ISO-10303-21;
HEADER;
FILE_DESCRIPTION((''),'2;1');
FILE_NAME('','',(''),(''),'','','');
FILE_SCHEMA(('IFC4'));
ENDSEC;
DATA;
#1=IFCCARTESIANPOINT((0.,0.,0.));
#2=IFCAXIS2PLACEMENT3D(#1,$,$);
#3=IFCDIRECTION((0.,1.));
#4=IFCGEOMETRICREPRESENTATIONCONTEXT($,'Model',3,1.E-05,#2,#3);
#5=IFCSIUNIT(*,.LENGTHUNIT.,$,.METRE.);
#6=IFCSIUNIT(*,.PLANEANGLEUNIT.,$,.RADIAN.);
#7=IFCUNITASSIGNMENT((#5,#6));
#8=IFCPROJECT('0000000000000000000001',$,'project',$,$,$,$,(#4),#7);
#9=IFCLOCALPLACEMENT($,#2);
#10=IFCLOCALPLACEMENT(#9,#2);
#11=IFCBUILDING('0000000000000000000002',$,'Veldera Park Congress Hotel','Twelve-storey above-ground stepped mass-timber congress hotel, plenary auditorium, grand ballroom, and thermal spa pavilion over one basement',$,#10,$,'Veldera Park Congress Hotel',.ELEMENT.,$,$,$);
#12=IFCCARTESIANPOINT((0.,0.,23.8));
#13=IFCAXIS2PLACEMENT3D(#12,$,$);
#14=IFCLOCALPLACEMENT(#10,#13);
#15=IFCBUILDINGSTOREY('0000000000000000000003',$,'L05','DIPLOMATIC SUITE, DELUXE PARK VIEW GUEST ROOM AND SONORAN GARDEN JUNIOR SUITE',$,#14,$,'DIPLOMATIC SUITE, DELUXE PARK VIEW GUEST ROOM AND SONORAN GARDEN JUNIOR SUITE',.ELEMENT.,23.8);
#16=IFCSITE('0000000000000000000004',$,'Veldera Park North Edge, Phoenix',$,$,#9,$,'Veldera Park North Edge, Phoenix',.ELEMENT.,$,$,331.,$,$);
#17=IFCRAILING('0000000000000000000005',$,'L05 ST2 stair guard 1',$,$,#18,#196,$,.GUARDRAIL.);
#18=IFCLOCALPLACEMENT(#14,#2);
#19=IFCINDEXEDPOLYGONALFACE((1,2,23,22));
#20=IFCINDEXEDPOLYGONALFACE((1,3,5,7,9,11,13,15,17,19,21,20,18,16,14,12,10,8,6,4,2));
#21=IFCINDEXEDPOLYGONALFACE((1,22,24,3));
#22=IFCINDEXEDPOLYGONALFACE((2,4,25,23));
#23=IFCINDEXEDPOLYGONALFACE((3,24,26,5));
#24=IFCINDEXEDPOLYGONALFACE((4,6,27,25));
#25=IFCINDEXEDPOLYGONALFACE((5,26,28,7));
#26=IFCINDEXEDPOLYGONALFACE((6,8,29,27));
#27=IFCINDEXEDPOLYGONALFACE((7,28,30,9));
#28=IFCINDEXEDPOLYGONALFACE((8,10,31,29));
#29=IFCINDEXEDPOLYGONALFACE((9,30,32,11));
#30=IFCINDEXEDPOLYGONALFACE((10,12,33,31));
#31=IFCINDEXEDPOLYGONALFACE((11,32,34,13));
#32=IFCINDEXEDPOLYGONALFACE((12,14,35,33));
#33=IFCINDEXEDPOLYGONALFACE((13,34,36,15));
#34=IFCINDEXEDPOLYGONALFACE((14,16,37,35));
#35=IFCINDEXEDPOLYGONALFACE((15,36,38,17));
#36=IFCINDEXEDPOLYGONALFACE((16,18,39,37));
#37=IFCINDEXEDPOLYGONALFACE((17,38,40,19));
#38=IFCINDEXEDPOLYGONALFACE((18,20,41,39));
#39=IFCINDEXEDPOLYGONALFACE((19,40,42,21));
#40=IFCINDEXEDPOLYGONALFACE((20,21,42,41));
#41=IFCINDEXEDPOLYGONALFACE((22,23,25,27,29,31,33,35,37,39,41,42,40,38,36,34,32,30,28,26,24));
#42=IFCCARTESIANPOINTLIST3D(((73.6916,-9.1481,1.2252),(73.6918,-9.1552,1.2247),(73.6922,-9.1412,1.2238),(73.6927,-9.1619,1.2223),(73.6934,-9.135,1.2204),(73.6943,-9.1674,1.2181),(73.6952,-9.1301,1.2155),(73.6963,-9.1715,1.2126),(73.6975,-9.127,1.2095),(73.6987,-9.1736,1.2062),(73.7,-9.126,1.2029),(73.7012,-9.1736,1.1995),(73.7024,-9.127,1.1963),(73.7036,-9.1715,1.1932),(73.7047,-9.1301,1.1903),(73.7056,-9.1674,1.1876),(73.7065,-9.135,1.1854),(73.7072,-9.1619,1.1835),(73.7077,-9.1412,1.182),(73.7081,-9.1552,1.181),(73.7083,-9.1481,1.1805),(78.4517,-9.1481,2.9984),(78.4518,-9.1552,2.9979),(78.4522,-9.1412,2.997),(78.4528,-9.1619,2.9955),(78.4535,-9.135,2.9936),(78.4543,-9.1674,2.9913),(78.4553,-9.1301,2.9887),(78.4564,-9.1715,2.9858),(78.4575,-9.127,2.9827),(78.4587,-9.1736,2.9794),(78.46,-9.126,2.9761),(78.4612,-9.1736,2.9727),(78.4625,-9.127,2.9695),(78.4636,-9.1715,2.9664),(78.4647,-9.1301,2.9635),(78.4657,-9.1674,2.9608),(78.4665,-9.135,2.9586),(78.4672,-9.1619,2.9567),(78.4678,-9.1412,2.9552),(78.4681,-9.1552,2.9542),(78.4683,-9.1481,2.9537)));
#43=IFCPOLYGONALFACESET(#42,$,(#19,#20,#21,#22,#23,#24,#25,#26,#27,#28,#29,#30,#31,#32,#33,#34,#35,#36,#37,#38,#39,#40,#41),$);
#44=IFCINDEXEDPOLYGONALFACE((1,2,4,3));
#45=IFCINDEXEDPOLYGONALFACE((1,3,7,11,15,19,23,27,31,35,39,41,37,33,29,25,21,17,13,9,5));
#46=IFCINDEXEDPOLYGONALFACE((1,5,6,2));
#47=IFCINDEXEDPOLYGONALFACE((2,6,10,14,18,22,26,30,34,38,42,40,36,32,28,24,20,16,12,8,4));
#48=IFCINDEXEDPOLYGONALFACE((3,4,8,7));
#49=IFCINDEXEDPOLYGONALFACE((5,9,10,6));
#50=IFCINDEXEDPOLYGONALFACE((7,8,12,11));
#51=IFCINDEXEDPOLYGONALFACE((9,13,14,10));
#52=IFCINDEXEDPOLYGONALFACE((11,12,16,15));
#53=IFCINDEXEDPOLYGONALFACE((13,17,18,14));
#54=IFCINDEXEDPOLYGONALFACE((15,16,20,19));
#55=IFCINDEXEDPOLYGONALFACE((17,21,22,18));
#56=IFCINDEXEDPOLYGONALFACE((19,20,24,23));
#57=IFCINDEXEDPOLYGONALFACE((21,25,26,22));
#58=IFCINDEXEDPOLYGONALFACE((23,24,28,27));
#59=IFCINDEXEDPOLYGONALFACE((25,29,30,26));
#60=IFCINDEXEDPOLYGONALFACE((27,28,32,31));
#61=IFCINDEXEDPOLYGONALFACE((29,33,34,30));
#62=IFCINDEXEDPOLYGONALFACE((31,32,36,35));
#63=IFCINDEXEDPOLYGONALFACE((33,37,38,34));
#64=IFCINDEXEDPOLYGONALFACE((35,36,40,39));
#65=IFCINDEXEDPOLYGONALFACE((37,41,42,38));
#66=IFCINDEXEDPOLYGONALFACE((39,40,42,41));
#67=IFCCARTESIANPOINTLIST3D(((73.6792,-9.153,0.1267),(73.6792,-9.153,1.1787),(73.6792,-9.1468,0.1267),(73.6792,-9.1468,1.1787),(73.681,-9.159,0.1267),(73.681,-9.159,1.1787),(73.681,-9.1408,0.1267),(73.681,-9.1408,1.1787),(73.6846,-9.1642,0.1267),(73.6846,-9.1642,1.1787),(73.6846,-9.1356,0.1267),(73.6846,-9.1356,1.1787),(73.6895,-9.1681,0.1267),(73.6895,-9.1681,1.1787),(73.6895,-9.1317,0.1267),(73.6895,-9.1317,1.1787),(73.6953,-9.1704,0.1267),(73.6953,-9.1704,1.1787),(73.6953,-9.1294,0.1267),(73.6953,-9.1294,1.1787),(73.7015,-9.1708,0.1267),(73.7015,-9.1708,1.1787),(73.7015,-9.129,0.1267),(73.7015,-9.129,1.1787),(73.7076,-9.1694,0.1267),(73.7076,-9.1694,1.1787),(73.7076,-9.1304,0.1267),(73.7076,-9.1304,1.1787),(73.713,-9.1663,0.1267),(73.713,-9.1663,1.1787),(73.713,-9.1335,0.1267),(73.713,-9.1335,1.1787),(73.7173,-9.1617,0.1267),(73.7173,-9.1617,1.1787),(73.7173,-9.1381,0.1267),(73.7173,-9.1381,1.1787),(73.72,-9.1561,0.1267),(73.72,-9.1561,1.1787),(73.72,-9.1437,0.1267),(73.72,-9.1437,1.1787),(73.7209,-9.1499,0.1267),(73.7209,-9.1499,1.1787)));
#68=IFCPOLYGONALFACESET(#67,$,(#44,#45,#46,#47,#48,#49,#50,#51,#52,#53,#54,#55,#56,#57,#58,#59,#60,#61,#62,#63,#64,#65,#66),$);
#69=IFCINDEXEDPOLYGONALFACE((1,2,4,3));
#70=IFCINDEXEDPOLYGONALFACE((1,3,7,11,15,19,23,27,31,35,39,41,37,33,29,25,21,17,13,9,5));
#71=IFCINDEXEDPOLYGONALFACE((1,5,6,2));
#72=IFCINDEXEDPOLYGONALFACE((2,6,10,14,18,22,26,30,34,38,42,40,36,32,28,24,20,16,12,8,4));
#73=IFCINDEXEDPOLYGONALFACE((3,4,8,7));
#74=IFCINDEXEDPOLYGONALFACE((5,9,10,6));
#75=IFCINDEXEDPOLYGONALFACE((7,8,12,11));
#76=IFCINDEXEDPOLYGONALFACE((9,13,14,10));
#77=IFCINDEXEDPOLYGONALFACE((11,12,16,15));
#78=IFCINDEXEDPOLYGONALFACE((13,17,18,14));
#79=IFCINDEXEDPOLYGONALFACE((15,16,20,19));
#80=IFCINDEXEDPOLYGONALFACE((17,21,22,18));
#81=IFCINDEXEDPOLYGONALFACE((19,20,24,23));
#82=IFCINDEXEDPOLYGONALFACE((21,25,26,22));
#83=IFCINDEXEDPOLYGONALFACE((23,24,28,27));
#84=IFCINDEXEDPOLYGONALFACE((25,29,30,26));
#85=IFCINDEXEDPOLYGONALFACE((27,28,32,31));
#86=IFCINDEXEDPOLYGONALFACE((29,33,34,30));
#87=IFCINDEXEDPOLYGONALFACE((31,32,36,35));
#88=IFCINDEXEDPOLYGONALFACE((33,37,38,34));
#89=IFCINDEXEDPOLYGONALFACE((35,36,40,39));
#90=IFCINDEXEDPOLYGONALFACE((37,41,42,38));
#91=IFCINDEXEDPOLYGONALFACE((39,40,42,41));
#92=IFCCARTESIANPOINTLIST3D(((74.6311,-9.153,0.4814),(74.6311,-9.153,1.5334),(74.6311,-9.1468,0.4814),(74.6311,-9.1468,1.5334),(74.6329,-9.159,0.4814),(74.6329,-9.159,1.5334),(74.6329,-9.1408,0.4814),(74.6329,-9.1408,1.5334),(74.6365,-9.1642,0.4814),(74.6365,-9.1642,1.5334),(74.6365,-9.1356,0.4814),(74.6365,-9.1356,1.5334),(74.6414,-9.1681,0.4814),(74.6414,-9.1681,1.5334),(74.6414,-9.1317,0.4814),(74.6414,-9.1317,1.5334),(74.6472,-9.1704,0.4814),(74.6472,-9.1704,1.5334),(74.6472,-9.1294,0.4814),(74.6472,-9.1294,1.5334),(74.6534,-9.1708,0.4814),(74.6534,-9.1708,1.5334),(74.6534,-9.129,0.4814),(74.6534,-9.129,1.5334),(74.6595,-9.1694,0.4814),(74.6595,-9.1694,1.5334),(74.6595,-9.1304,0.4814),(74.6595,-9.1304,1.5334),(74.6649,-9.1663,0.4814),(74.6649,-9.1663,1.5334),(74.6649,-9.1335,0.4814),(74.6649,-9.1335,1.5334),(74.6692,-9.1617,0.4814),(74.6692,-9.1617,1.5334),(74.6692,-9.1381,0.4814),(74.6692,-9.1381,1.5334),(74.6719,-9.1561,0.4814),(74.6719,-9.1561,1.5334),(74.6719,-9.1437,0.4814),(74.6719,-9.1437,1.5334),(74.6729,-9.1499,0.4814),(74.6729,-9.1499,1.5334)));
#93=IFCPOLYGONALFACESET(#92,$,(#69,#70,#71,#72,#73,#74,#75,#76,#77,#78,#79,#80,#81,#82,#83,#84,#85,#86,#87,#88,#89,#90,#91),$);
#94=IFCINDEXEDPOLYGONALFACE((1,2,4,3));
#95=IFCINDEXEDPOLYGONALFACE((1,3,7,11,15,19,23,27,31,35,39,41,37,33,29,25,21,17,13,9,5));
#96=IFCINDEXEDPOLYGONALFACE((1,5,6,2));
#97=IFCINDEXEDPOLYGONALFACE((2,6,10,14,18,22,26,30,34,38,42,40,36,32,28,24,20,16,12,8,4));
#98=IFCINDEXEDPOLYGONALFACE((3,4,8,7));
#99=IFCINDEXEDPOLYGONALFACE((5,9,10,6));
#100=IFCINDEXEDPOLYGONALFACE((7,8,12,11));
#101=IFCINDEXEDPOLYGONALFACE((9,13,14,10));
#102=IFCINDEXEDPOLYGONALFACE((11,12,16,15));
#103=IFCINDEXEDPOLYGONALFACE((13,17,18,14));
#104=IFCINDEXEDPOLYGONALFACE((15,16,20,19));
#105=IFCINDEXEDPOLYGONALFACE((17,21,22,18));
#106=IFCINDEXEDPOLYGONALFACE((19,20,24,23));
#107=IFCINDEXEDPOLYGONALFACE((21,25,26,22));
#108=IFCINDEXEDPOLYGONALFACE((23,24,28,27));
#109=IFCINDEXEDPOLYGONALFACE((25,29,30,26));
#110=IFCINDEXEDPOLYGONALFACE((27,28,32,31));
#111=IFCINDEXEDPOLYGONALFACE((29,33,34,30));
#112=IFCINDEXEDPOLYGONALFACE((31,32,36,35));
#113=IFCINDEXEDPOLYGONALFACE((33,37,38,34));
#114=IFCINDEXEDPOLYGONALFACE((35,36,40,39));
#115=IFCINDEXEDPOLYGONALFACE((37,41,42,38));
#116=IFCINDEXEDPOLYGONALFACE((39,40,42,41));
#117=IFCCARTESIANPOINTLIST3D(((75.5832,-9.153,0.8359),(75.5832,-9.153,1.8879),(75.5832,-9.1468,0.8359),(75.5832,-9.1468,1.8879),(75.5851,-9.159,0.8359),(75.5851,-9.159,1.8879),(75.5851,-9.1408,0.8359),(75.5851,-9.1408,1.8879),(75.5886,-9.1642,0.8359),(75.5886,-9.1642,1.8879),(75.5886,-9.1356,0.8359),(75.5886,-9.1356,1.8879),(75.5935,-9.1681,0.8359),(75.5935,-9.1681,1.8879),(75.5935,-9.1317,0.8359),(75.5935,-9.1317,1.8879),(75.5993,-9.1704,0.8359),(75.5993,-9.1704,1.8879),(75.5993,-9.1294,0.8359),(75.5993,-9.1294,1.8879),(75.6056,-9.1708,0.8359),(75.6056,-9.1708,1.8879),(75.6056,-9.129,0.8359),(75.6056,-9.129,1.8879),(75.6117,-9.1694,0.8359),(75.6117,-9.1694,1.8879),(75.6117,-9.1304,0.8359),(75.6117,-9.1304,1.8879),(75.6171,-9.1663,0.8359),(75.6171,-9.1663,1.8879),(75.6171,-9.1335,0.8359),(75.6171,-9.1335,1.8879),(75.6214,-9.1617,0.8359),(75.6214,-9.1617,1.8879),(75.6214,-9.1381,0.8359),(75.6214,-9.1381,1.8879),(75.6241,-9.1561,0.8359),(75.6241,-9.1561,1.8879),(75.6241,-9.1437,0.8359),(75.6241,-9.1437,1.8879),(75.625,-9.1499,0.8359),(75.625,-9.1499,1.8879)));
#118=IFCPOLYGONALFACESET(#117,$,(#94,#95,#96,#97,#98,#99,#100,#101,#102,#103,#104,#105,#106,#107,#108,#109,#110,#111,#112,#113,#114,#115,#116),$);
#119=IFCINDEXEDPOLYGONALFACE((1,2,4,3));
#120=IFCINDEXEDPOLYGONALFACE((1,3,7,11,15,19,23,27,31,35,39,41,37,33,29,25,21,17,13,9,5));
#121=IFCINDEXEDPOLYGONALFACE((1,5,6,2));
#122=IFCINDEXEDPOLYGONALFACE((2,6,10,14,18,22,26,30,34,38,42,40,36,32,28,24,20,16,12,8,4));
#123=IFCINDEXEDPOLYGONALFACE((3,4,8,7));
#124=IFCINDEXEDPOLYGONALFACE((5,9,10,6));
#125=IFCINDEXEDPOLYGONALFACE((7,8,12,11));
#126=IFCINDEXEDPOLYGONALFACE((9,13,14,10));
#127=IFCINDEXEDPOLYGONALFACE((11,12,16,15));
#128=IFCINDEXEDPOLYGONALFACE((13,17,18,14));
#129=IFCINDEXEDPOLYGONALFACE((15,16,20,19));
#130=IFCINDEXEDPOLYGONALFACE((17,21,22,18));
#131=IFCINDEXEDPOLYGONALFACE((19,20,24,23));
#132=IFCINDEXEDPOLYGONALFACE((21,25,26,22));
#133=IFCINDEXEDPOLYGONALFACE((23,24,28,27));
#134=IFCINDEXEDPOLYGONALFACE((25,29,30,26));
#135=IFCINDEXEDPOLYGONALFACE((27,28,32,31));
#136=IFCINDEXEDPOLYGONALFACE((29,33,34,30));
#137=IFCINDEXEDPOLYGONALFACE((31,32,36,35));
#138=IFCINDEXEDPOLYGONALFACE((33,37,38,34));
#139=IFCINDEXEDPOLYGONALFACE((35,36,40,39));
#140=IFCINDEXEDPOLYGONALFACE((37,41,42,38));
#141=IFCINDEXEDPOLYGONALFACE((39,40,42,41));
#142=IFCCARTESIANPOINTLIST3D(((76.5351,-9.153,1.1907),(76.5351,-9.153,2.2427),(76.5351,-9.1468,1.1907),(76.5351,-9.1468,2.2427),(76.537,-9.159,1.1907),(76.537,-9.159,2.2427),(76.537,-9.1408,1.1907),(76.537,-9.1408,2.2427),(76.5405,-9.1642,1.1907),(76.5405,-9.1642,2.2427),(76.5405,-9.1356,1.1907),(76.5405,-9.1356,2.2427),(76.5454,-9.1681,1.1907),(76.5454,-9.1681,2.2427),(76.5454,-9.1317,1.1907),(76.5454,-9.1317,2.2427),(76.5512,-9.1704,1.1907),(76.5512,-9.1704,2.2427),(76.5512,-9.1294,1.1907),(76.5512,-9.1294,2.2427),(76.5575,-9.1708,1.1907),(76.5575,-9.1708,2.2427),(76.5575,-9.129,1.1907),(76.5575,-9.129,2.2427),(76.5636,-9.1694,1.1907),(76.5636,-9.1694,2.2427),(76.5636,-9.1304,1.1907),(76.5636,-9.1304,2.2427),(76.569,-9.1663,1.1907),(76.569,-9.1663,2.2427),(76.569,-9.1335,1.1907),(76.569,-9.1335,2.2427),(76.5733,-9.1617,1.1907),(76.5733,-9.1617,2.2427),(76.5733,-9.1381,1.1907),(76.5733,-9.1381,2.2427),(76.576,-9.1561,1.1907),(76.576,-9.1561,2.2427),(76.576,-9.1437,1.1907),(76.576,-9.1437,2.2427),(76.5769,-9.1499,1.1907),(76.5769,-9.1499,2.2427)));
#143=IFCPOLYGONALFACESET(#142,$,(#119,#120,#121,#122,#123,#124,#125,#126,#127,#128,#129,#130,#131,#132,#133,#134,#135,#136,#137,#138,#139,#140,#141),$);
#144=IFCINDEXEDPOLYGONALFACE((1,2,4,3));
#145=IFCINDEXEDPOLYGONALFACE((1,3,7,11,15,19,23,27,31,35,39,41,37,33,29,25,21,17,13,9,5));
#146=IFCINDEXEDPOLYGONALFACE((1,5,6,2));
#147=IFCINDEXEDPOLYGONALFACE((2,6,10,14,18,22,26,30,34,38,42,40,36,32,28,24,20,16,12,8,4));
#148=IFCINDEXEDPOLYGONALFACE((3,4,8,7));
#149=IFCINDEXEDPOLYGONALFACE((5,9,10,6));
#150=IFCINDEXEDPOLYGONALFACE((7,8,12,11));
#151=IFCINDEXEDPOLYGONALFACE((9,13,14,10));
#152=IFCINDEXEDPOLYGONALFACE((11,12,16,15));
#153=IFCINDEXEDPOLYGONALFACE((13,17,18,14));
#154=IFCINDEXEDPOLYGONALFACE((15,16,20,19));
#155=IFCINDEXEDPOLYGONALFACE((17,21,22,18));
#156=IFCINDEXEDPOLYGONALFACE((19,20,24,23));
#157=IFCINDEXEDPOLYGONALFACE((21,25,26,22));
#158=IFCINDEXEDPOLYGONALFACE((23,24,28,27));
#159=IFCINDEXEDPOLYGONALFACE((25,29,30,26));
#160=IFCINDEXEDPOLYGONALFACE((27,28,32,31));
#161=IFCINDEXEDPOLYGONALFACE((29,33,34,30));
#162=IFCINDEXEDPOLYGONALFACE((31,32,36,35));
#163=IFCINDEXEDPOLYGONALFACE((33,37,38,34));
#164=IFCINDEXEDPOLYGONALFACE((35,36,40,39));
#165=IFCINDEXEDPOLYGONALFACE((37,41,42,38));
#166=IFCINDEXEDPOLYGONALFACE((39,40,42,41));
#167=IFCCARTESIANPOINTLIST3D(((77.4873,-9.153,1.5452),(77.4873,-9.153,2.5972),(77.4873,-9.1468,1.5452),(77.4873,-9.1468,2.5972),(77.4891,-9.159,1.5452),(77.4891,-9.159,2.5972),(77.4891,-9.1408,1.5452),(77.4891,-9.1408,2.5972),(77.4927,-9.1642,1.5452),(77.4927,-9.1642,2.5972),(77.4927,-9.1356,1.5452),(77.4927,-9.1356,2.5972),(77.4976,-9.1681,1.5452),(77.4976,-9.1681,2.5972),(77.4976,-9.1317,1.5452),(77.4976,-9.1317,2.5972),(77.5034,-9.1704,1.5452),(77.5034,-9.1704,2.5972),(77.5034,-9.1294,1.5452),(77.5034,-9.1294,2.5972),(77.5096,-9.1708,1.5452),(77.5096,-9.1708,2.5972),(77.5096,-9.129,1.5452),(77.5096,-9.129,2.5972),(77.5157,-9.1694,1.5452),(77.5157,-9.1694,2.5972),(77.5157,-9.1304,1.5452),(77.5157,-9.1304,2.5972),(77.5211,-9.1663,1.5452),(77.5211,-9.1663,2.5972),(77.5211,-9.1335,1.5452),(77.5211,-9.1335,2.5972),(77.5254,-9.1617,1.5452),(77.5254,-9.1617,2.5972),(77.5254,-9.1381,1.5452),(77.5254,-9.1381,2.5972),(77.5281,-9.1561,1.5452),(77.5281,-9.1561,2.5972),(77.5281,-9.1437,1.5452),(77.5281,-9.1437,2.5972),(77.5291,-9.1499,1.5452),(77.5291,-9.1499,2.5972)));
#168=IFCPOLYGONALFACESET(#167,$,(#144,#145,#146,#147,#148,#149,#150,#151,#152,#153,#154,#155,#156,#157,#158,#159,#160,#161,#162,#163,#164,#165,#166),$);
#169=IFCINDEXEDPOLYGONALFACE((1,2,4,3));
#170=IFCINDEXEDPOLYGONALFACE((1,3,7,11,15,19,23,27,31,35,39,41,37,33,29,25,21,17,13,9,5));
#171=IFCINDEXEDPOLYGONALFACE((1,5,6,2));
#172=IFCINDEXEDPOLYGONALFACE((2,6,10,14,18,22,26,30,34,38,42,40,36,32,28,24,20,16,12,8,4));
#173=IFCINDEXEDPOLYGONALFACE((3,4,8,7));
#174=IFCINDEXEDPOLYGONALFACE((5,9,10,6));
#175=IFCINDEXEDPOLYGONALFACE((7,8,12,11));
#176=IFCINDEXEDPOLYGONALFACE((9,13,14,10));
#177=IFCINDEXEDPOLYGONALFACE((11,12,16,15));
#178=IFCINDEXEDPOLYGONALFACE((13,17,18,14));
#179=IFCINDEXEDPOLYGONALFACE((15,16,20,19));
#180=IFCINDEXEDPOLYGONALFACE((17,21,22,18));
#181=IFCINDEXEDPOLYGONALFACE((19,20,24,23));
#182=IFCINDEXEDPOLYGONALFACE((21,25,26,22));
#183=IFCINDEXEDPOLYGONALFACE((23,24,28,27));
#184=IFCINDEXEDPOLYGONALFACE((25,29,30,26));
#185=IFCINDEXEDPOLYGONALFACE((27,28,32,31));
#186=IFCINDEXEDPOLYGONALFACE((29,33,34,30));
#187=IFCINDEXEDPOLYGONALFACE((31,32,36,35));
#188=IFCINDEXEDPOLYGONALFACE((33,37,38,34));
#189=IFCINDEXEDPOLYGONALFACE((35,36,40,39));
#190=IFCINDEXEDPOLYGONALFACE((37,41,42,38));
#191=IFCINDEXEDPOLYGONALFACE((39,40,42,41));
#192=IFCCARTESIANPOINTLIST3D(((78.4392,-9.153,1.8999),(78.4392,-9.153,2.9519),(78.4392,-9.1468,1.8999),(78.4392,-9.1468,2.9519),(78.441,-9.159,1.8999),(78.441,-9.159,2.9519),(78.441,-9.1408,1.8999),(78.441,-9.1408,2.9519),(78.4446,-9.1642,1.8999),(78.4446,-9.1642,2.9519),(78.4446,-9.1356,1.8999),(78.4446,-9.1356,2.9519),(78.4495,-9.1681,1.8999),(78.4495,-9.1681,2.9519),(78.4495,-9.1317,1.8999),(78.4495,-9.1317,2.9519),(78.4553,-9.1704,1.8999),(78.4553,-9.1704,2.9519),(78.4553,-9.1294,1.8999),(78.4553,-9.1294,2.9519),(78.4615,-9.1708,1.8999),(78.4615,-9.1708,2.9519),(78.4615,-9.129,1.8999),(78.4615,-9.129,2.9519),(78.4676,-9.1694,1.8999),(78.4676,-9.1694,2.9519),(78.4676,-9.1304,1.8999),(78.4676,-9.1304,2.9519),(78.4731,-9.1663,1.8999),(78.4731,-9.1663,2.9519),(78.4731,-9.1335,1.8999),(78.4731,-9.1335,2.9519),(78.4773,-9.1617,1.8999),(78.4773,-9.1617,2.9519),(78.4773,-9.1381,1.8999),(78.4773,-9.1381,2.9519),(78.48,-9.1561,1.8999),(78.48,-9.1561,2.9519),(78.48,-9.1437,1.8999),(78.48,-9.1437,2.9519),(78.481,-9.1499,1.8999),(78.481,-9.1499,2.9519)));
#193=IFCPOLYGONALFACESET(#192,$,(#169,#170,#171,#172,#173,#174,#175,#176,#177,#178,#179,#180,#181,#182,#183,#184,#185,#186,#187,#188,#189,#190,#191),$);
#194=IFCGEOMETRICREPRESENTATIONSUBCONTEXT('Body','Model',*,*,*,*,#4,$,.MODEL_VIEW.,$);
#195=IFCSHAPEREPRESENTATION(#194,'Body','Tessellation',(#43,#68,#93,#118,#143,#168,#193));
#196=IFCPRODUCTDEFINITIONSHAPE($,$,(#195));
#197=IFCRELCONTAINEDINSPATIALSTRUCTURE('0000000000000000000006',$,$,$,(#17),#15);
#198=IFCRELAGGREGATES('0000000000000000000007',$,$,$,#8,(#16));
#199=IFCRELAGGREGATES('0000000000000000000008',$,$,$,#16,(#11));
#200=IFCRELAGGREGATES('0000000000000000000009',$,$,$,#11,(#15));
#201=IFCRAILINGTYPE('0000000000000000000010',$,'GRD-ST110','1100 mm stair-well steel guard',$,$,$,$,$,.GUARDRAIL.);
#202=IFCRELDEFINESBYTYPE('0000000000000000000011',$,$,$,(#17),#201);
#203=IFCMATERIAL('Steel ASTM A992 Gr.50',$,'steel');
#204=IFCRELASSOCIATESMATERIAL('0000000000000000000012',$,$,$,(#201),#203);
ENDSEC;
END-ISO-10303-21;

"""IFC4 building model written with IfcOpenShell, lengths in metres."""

from ifc_helpers import new_model, si_unit, direction, frame, origin, origin_2d, place, context, subcontext, project, spatial, circle, extrude, material, type_object, element, save


model = new_model("IFC4")

# Units and contexts
model_context = context("Model", 3, precision=1e-05, world=origin(), true_north=direction((0.0, 1.0)))
body_context = subcontext(model_context, "Body", "Model", "MODEL_VIEW")
ifc_project = project(units=[si_unit("LENGTHUNIT", "METRE"), si_unit("PLANEANGLEUNIT", "RADIAN")], contexts=[model_context])

# Site, building, storey
site_placement = place(None, origin())
site = spatial("IfcSite", under=ifc_project, at=site_placement, Name="Veldera Park North Edge, Phoenix", LongName="Veldera Park North Edge, Phoenix", CompositionType="ELEMENT", RefElevation=331.0)
building_placement = place(site_placement, origin())
building = spatial("IfcBuilding", under=site, at=building_placement, Name="Veldera Park Congress Hotel", Description="Twelve-storey above-ground stepped mass-timber congress hotel, plenary auditorium, grand ballroom, and thermal spa pavilion over one basement", LongName="Veldera Park Congress Hotel", CompositionType="ELEMENT")
storey_placement = place(building_placement, frame((0.0, 0.0, 23.8)))
storey = spatial("IfcBuildingStorey", under=building, at=storey_placement, Name="L05", Description="DIPLOMATIC SUITE, DELUXE PARK VIEW GUEST ROOM AND SONORAN GARDEN JUNIOR SUITE", LongName="DIPLOMATIC SUITE, DELUXE PARK VIEW GUEST ROOM AND SONORAN GARDEN JUNIOR SUITE", CompositionType="ELEMENT", Elevation=23.8)

# Railing
ifc_material_1 = material(Name="Steel ASTM A992 Gr.50", Category="steel")
railing_type_1 = type_object("IfcRailingType", Name="GRD-ST110", Description="1100 mm stair-well steel guard", PredefinedType="GUARDRAIL", material=ifc_material_1)
railing_1_placement = place(storey_placement, frame((73.7, -9.1499, 0.1267)))
element("IfcRailing", 1, at=railing_1_placement, inside=storey, type_object=railing_type_1, Name="L05 ST2 stair guard 1", PredefinedType="GUARDRAIL", context=body_context, shape_type="SweptSolid", body=[
    extrude(circle(Radius=0.0239, at=origin_2d()), frame((0.0, 0.0, 1.0762), z_axis=(0.937091, 0.0, 0.349084), x_axis=(0.0, 1.0, 0.0)), (0.0, 0.0, 1.0), 5.0796),
    extrude(circle(Radius=0.021, at=origin_2d()), origin(), (0.0, 0.0, 1.0), 1.052),
    extrude(circle(Radius=0.021, at=origin_2d()), frame((0.9519, 0.0, 0.3547)), (0.0, 0.0, 1.0), 1.052),
    extrude(circle(Radius=0.021, at=origin_2d()), frame((1.9041, 0.0, 0.7092)), (0.0, 0.0, 1.0), 1.052),
    extrude(circle(Radius=0.021, at=origin_2d()), frame((2.856, 0.0, 1.064)), (0.0, 0.0, 1.0), 1.052),
    extrude(circle(Radius=0.021, at=origin_2d()), frame((3.8081, 0.0, 1.4185)), (0.0, 0.0, 1.0), 1.052),
    extrude(circle(Radius=0.021, at=origin_2d()), frame((4.76, 0.0, 1.7732)), (0.0, 0.0, 1.0), 1.052),
])

save(model, "model.ifc")
